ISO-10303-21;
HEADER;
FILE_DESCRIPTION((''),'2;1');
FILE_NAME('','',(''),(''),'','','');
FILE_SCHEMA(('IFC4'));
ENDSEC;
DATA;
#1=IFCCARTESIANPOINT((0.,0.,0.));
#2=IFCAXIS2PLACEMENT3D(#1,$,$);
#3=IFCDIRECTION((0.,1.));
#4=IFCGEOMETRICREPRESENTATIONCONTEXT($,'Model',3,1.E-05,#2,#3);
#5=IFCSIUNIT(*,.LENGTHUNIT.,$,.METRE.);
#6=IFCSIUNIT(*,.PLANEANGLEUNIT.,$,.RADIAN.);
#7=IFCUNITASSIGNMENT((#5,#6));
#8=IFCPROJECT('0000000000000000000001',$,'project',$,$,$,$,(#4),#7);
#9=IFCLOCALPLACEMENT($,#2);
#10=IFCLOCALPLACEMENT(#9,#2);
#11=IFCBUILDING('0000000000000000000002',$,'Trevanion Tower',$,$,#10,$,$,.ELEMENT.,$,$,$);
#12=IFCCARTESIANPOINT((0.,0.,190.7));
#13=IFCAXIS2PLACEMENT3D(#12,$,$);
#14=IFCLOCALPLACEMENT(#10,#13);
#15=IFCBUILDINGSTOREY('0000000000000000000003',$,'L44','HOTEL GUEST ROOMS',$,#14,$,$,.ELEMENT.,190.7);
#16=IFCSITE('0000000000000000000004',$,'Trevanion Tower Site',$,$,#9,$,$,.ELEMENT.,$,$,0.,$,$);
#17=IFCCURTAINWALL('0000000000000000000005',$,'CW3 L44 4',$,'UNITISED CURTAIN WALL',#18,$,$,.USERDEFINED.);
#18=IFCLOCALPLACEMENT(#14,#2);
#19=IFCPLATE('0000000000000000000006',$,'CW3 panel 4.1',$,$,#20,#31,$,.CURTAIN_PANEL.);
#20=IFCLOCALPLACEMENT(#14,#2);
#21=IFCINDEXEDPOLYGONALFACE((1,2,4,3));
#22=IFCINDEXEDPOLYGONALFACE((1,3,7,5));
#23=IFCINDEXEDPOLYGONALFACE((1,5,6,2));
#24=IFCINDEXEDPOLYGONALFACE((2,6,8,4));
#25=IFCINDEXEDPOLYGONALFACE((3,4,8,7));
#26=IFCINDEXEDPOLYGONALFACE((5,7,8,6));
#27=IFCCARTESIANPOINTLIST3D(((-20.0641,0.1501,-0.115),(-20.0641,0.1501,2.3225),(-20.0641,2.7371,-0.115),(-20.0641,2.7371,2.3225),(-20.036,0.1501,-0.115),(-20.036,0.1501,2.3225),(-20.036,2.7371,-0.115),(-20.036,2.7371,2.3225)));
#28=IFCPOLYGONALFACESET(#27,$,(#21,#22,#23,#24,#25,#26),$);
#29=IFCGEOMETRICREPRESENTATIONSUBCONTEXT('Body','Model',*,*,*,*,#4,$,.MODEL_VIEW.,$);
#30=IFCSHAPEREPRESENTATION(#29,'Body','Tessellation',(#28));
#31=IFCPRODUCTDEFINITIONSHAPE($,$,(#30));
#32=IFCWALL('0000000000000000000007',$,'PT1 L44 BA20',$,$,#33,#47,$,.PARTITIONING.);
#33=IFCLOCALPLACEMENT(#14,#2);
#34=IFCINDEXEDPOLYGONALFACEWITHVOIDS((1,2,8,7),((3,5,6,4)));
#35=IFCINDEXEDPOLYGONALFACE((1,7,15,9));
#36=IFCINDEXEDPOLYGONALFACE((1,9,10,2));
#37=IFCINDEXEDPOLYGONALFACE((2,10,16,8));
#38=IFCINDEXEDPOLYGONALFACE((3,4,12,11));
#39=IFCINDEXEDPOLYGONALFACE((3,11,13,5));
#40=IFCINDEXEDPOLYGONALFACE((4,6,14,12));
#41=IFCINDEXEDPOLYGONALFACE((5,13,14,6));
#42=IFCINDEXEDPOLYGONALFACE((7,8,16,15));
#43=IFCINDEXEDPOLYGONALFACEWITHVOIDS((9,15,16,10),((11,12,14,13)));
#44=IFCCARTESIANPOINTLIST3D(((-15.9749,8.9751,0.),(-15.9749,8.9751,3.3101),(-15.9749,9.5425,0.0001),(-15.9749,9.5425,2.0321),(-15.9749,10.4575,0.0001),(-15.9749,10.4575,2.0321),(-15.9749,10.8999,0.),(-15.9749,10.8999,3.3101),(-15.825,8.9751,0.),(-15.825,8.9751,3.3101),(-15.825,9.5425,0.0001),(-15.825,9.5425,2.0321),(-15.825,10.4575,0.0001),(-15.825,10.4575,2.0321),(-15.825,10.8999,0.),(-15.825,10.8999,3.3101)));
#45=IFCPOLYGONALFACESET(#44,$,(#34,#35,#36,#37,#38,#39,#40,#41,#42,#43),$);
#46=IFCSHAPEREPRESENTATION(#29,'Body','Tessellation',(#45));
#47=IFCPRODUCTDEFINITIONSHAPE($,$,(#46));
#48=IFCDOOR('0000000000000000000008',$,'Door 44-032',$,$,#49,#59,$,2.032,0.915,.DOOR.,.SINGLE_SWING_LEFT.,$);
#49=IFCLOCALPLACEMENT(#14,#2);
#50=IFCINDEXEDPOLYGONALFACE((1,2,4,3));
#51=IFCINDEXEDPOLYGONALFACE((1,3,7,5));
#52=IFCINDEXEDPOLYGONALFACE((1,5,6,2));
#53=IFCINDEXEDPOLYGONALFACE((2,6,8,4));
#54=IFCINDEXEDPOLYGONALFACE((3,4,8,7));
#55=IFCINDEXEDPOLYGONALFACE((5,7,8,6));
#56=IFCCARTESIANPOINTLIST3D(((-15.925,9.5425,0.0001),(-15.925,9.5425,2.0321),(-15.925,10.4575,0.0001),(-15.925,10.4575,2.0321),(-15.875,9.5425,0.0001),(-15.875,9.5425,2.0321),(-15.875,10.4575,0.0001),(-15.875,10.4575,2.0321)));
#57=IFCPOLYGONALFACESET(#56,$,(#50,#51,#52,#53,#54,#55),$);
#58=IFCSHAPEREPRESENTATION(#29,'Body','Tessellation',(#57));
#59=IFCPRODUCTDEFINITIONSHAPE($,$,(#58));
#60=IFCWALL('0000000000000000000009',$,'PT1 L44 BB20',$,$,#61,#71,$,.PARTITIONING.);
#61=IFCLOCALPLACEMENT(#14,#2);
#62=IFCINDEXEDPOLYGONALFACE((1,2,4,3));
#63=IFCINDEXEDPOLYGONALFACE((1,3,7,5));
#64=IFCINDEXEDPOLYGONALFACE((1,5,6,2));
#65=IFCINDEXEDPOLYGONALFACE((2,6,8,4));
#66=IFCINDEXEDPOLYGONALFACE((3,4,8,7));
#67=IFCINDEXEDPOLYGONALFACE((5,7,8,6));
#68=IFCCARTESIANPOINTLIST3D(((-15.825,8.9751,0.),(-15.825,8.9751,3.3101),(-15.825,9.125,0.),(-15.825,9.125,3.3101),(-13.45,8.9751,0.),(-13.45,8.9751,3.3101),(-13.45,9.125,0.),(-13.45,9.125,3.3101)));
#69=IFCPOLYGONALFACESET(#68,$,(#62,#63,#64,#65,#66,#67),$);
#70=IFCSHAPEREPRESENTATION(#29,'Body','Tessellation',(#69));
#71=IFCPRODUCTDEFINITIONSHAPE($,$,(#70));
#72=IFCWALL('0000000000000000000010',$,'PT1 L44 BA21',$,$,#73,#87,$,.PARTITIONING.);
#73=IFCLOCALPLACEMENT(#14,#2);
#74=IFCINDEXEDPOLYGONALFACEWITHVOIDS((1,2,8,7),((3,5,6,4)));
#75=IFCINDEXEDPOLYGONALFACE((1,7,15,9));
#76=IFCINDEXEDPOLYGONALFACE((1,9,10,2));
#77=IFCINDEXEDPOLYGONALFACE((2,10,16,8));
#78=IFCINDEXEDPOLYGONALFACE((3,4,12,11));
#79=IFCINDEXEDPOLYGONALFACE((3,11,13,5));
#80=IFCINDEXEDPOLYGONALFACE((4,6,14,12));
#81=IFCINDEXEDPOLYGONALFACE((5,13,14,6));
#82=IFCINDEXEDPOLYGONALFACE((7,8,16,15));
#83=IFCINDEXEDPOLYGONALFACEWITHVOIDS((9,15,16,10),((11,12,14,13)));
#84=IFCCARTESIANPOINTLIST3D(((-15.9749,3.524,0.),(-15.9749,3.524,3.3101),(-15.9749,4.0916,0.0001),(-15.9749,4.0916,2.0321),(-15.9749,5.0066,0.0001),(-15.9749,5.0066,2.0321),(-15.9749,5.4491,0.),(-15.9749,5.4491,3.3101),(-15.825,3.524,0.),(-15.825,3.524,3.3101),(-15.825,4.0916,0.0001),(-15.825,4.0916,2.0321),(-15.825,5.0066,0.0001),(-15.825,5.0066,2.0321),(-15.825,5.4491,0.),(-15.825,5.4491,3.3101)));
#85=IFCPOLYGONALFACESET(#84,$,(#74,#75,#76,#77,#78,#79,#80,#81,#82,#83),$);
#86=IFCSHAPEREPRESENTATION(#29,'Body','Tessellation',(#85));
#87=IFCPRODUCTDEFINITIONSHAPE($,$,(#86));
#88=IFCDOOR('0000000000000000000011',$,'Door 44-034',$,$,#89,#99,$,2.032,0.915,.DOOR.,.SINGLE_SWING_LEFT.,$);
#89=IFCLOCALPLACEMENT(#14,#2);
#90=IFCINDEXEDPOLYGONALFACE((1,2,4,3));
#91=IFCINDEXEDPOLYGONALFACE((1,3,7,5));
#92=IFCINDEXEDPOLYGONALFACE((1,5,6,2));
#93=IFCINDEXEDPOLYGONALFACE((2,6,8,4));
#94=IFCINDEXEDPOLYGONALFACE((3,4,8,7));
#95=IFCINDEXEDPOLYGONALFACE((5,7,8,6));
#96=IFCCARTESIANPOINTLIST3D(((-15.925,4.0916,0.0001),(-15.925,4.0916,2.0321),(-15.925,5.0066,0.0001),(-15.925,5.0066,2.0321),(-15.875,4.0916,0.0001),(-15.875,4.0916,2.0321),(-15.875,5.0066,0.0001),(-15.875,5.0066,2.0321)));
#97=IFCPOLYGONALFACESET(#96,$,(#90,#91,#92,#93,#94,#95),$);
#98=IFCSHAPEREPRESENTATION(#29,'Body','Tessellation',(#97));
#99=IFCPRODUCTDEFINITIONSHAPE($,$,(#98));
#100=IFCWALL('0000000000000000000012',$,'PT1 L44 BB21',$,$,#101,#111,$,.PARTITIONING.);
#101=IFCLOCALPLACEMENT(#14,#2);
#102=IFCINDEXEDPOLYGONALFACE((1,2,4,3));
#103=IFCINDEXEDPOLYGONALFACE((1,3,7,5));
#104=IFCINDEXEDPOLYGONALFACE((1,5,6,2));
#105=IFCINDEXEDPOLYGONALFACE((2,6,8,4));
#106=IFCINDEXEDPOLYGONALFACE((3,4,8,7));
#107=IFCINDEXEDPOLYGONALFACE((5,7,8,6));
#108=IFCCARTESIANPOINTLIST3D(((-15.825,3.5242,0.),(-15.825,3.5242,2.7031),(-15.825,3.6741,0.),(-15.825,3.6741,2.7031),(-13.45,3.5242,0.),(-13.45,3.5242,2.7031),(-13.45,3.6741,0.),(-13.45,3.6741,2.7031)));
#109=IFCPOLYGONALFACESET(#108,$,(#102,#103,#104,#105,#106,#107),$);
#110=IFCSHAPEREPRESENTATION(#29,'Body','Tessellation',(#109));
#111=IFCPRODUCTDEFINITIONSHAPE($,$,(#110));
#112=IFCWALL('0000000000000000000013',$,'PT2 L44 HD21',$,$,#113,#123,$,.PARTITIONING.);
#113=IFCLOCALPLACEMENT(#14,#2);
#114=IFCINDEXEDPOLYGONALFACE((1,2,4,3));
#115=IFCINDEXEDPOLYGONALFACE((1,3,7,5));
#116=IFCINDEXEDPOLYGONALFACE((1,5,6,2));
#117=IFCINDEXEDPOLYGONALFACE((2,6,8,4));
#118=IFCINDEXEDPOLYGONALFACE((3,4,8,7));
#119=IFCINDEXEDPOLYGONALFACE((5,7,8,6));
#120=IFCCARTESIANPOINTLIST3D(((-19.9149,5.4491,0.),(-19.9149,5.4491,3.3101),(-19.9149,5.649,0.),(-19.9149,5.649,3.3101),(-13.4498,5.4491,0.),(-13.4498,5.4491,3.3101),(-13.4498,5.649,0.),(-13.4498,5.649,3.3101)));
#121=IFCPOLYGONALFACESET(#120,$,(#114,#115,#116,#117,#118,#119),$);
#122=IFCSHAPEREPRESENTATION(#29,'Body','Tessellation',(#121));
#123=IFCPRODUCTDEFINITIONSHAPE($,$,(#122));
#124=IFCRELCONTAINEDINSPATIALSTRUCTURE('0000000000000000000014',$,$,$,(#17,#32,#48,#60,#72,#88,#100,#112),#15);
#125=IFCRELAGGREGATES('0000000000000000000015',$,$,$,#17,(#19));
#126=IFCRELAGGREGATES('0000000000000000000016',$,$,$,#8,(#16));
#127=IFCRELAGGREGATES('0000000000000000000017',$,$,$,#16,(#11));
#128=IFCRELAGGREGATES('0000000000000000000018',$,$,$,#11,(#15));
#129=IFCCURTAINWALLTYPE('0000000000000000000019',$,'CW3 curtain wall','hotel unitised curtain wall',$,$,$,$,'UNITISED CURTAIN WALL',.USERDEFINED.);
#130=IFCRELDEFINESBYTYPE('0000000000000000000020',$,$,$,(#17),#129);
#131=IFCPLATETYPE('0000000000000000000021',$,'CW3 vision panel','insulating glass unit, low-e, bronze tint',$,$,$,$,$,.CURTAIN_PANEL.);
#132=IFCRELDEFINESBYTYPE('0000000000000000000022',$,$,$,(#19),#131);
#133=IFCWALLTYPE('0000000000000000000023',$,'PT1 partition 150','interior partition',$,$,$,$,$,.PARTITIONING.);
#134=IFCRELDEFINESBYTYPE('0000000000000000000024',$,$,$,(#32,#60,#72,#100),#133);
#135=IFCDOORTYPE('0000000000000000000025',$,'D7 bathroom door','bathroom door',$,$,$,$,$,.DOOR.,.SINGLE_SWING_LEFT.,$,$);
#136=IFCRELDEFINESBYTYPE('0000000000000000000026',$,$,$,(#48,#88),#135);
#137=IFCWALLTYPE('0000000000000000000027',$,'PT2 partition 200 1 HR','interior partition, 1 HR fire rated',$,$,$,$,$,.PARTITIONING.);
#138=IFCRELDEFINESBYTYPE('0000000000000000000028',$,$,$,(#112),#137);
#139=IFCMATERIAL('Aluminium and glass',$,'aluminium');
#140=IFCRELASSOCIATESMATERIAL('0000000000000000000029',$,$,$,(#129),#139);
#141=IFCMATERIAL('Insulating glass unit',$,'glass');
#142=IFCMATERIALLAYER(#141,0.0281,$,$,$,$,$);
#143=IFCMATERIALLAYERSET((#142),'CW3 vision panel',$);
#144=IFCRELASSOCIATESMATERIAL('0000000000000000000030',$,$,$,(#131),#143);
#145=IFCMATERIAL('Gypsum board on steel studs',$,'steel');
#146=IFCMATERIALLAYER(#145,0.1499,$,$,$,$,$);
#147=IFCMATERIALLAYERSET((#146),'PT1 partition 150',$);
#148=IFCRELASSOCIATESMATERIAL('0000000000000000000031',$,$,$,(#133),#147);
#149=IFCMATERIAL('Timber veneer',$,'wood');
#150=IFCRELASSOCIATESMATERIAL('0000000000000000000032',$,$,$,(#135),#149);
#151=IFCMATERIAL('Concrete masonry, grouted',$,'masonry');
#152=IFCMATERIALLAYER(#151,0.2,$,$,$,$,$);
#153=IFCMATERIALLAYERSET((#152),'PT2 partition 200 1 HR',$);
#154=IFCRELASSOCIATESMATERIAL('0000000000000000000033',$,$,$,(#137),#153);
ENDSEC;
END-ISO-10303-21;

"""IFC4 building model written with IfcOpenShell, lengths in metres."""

from ifc_helpers import new_model, si_unit, direction, frame, frame_2d, origin, origin_2d, place, context, subcontext, project, spatial, rectangle, extrude, material, layer, layer_set, type_object, element, fill, aggregate, save


model = new_model("IFC4")

# Units and contexts
model_context = context("Model", 3, precision=1e-05, world=origin(), true_north=direction((0.0, 1.0)))
body_context = subcontext(model_context, "Body", "Model", "MODEL_VIEW")
ifc_project = project(units=[si_unit("LENGTHUNIT", "METRE"), si_unit("PLANEANGLEUNIT", "RADIAN")], contexts=[model_context])

# Site, building, storey
site_placement = place(None, origin())
site = spatial("IfcSite", under=ifc_project, at=site_placement, Name="Trevanion Tower Site", CompositionType="ELEMENT", RefElevation=0.0)
building_placement = place(site_placement, origin())
building = spatial("IfcBuilding", under=site, at=building_placement, Name="Trevanion Tower", CompositionType="ELEMENT")
storey_placement = place(building_placement, frame((0.0, 0.0, 190.7)))
storey = spatial("IfcBuildingStorey", under=building, at=storey_placement, Name="L44", Description="HOTEL GUEST ROOMS", CompositionType="ELEMENT", Elevation=190.7)

# Curtain wall
ifc_material_1 = material(Name="Aluminium and glass", Category="aluminium")
curtain_wall_type = type_object("IfcCurtainWallType", Name="CW3 curtain wall", Description="hotel unitised curtain wall", ElementType="UNITISED CURTAIN WALL", PredefinedType="USERDEFINED", material=ifc_material_1)
curtain_wall_placement = place(storey_placement, origin())
curtain_wall = element("IfcCurtainWall", 1, at=curtain_wall_placement, inside=storey, type_object=curtain_wall_type, Name="CW3 L44 4", ObjectType="UNITISED CURTAIN WALL", PredefinedType="USERDEFINED")

# Plate
ifc_material_2 = material(Name="Insulating glass unit", Category="glass")
ifc_layer_1 = layer(ifc_material_2, 0.0281)
ifc_layer_set_1 = layer_set([ifc_layer_1], Name="CW3 vision panel")
plate_type_1 = type_object("IfcPlateType", Name="CW3 vision panel", Description="insulating glass unit, low-e, bronze tint", PredefinedType="CURTAIN_PANEL", material=ifc_layer_set_1)
plate_1_placement = place(storey_placement, frame((-20.05, 1.4436, -0.115), z_axis=(0.0, 0.0, 1.0), x_axis=(0.0, -1.0, 0.0)))
plate_1 = element("IfcPlate", 2, at=plate_1_placement, type_object=plate_type_1, Name="CW3 panel 4.1", PredefinedType="CURTAIN_PANEL", context=body_context, shape_type="SweptSolid", body=[
    extrude(rectangle(XDim=2.5869, YDim=0.0281, at=origin_2d()), origin(), (0.0, 0.0, 1.0), 2.4375),
])
aggregate(curtain_wall, [plate_1])

# Wall, opening, door
ifc_material_3 = material(Name="Gypsum board on steel studs", Category="steel")
ifc_layer_2 = layer(ifc_material_3, 0.1499)
ifc_layer_set_2 = layer_set([ifc_layer_2], Name="PT1 partition 150")
wall_type_1 = type_object("IfcWallType", Name="PT1 partition 150", Description="interior partition", PredefinedType="PARTITIONING", material=ifc_layer_set_2)
wall_1_placement = place(storey_placement, frame((-15.8999, 10.8999, 0.0), z_axis=(0.0, 0.0, 1.0), x_axis=(0.0, -1.0, 0.0)))
wall_1 = element("IfcWall", 3, at=wall_1_placement, inside=storey, type_object=wall_type_1, Name="PT1 L44 BA20", PredefinedType="PARTITIONING", context=body_context, shape_type="SweptSolid", body=[
    extrude(rectangle(XDim=1.9248, YDim=0.1499, at=frame_2d((0.9624, 0.0))), origin(), (0.0, 0.0, 1.0), 3.3101),
])
opening_1_placement = place(wall_1_placement, frame((0.4424, 0.0, 0.0)))
opening_1 = element("IfcOpeningElement", 4, at=opening_1_placement, cuts=wall_1, PredefinedType="OPENING", context=body_context, shape_type="SweptSolid", body=[
    extrude(rectangle(XDim=0.915, YDim=2.032, at=frame_2d((0.4575, 1.0161))), frame((0.0, 0.085, 0.0), z_axis=(0.0, -1.0, 0.0), x_axis=(1.0, 0.0, 0.0)), (0.0, 0.0, 1.0), 0.1699),
])
ifc_material_4 = material(Name="Timber veneer", Category="wood")
door_type = type_object("IfcDoorType", Name="D7 bathroom door", Description="bathroom door", OperationType="SINGLE_SWING_LEFT", PredefinedType="DOOR", material=ifc_material_4)
door_1_placement = place(opening_1_placement, origin())
door_1 = element("IfcDoor", 5, at=door_1_placement, inside=storey, type_object=door_type, Name="Door 44-032", OperationType="SINGLE_SWING_LEFT", OverallHeight=2.032, OverallWidth=0.915, PredefinedType="DOOR", context=body_context, shape_type="SweptSolid", body=[
    extrude(rectangle(XDim=0.915, YDim=2.032, at=frame_2d((0.4575, 1.0161))), frame((0.0, 0.0249, 0.0), z_axis=(0.0, -1.0, 0.0), x_axis=(1.0, 0.0, 0.0)), (0.0, 0.0, 1.0), 0.05),
])
fill(opening_1, door_1)

# Wall
wall_2_placement = place(storey_placement, frame((-13.45, 9.05, 0.0), z_axis=(0.0, 0.0, 1.0), x_axis=(-1.0, 0.0, 0.0)))
element("IfcWall", 6, at=wall_2_placement, inside=storey, type_object=wall_type_1, Name="PT1 L44 BB20", PredefinedType="PARTITIONING", context=body_context, shape_type="SweptSolid", body=[
    extrude(rectangle(XDim=2.375, YDim=0.1499, at=frame_2d((1.1875, 0.0))), origin(), (0.0, 0.0, 1.0), 3.3101),
])

# Wall, opening, door
wall_3_placement = place(storey_placement, frame((-15.8999, 5.449, 0.0), z_axis=(0.0, 0.0, 1.0), x_axis=(0.0, -1.0, 0.0)))
wall_3 = element("IfcWall", 7, at=wall_3_placement, inside=storey, type_object=wall_type_1, Name="PT1 L44 BA21", PredefinedType="PARTITIONING", context=body_context, shape_type="SweptSolid", body=[
    extrude(rectangle(XDim=1.925, YDim=0.1499, at=frame_2d((0.9624, 0.0))), origin(), (0.0, 0.0, 1.0), 3.3101),
])
opening_2_placement = place(wall_3_placement, frame((0.4424, 0.0, 0.0)))
opening_2 = element("IfcOpeningElement", 8, at=opening_2_placement, cuts=wall_3, PredefinedType="OPENING", context=body_context, shape_type="SweptSolid", body=[
    extrude(rectangle(XDim=0.915, YDim=2.032, at=frame_2d((0.4575, 1.0161))), frame((0.0, 0.085, 0.0), z_axis=(0.0, -1.0, 0.0), x_axis=(1.0, 0.0, 0.0)), (0.0, 0.0, 1.0), 0.1699),
])
door_2_placement = place(opening_2_placement, origin())
door_2 = element("IfcDoor", 9, at=door_2_placement, inside=storey, type_object=door_type, Name="Door 44-034", OperationType="SINGLE_SWING_LEFT", OverallHeight=2.032, OverallWidth=0.915, PredefinedType="DOOR", context=body_context, shape_type="SweptSolid", body=[
    extrude(rectangle(XDim=0.915, YDim=2.032, at=frame_2d((0.4575, 1.0161))), frame((0.0, 0.0249, 0.0), z_axis=(0.0, -1.0, 0.0), x_axis=(1.0, 0.0, 0.0)), (0.0, 0.0, 1.0), 0.05),
])
fill(opening_2, door_2)

# Walls
wall_4_placement = place(storey_placement, frame((-13.45, 3.5991, 0.0), z_axis=(0.0, 0.0, 1.0), x_axis=(-1.0, 0.0, 0.0)))
element("IfcWall", 10, at=wall_4_placement, inside=storey, type_object=wall_type_1, Name="PT1 L44 BB21", PredefinedType="PARTITIONING", context=body_context, shape_type="SweptSolid", body=[
    extrude(rectangle(XDim=2.375, YDim=0.1499, at=frame_2d((1.1875, 0.0))), origin(), (0.0, 0.0, 1.0), 2.7031),
])
ifc_material_5 = material(Name="Concrete masonry, grouted", Category="masonry")
ifc_layer_3 = layer(ifc_material_5, 0.2)
ifc_layer_set_3 = layer_set([ifc_layer_3], Name="PT2 partition 200 1 HR")
wall_type_2 = type_object("IfcWallType", Name="PT2 partition 200 1 HR", Description="interior partition, 1 HR fire rated", PredefinedType="PARTITIONING", material=ifc_layer_set_3)
wall_5_placement = place(storey_placement, frame((-13.45, 5.5491, 0.0), z_axis=(0.0, 0.0, 1.0), x_axis=(-1.0, 0.0, 0.0)))
element("IfcWall", 11, at=wall_5_placement, inside=storey, type_object=wall_type_2, Name="PT2 L44 HD21", PredefinedType="PARTITIONING", context=body_context, shape_type="SweptSolid", body=[
    extrude(rectangle(XDim=6.4651, YDim=0.2, at=frame_2d((3.2324, 0.0))), origin(), (0.0, 0.0, 1.0), 3.3101),
])

save(model, "model.ifc")
